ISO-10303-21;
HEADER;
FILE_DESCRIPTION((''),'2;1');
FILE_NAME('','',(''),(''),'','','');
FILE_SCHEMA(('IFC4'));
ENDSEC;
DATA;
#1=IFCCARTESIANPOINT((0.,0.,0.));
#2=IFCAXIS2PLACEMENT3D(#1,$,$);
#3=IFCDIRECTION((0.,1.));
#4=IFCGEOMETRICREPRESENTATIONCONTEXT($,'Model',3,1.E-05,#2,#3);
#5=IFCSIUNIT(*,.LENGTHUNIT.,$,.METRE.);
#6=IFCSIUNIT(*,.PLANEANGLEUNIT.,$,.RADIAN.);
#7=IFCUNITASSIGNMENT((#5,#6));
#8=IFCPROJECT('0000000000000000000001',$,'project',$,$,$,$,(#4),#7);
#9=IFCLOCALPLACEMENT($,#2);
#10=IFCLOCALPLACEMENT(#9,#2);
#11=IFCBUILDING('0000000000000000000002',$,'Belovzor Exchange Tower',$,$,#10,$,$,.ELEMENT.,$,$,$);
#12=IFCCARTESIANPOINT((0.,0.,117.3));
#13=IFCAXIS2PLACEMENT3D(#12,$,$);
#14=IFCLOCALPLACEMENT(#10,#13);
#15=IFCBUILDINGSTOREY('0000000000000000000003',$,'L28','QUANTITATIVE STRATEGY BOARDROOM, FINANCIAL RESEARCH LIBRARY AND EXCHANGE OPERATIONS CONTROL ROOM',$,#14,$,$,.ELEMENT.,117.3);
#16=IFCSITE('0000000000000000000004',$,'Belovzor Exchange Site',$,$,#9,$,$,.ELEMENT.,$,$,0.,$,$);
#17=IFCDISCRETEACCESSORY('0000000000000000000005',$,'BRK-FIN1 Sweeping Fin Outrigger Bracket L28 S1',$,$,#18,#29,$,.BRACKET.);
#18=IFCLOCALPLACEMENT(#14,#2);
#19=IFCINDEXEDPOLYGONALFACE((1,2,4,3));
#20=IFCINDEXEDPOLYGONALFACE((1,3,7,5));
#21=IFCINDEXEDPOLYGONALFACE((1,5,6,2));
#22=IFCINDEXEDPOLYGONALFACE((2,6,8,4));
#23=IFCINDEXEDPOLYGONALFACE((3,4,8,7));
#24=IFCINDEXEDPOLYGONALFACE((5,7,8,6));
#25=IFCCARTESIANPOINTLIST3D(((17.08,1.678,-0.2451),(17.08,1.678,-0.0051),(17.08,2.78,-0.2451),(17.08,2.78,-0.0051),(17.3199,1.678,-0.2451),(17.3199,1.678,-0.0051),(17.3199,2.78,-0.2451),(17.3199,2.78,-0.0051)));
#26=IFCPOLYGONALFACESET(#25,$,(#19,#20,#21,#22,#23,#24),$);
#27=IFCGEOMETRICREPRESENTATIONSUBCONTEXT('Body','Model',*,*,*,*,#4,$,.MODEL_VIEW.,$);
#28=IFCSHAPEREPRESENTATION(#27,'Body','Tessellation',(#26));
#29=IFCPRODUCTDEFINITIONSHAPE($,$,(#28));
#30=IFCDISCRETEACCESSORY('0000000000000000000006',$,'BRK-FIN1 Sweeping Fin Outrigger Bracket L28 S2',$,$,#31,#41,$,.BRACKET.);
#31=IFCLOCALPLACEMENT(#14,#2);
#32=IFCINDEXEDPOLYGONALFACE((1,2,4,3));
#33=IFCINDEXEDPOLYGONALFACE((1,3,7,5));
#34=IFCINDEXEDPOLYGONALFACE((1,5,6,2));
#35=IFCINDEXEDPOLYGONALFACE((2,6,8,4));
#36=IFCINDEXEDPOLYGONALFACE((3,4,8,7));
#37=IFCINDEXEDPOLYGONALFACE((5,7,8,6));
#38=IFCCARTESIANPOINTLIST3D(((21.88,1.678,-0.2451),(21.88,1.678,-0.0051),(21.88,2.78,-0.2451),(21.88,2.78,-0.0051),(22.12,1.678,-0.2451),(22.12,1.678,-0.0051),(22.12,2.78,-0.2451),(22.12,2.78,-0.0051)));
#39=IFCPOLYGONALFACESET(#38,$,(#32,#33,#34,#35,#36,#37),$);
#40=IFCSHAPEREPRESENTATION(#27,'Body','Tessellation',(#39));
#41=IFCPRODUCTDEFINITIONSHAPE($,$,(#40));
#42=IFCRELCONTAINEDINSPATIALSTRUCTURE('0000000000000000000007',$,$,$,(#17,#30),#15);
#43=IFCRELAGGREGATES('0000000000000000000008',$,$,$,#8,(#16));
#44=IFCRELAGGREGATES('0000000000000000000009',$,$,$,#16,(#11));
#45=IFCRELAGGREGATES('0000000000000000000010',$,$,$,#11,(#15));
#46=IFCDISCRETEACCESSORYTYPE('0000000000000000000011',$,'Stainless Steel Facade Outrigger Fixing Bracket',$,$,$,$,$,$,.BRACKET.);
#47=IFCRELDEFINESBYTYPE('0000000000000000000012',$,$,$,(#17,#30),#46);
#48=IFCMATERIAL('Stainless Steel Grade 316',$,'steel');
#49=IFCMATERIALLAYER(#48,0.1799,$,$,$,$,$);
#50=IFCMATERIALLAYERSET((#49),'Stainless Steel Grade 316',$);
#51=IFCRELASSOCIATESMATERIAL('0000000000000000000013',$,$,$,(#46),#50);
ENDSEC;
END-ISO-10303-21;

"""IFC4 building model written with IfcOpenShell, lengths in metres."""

from ifc_helpers import new_model, si_unit, direction, frame, origin, origin_2d, place, context, subcontext, project, spatial, rectangle, extrude, material, layer, layer_set, type_object, element, save


model = new_model("IFC4")

# Units and contexts
model_context = context("Model", 3, precision=1e-05, world=origin(), true_north=direction((0.0, 1.0)))
body_context = subcontext(model_context, "Body", "Model", "MODEL_VIEW")
ifc_project = project(units=[si_unit("LENGTHUNIT", "METRE"), si_unit("PLANEANGLEUNIT", "RADIAN")], contexts=[model_context])

# Site, building, storey
site_placement = place(None, origin())
site = spatial("IfcSite", under=ifc_project, at=site_placement, Name="Belovzor Exchange Site", CompositionType="ELEMENT", RefElevation=0.0)
building_placement = place(site_placement, origin())
building = spatial("IfcBuilding", under=site, at=building_placement, Name="Belovzor Exchange Tower", CompositionType="ELEMENT")
storey_placement = place(building_placement, frame((0.0, 0.0, 117.3)))
storey = spatial("IfcBuildingStorey", under=building, at=storey_placement, Name="L28", Description="QUANTITATIVE STRATEGY BOARDROOM, FINANCIAL RESEARCH LIBRARY AND EXCHANGE OPERATIONS CONTROL ROOM", CompositionType="ELEMENT", Elevation=117.3)

# Discrete accessories
ifc_material_1 = material(Name="Stainless Steel Grade 316", Category="steel")
ifc_layer_1 = layer(ifc_material_1, 0.1799)
ifc_layer_set_1 = layer_set([ifc_layer_1], Name="Stainless Steel Grade 316")
discrete_accessory_type = type_object("IfcDiscreteAccessoryType", Name="Stainless Steel Facade Outrigger Fixing Bracket", PredefinedType="BRACKET", material=ifc_layer_set_1)
for number, where, z_axis, x_axis, name in (
    (1, (17.2, 2.229, -0.2451), (0.0, 0.0, 1.0), (0.0, 1.0, 0.0), "BRK-FIN1 Sweeping Fin Outrigger Bracket L28 S1"),
    (2, (22.0, 2.229, -0.2451), (0.0, 0.0, 1.0), (0.0, 1.0, 0.0), "BRK-FIN1 Sweeping Fin Outrigger Bracket L28 S2"),
):
    element("IfcDiscreteAccessory", number, at=place(storey_placement, frame(where, z_axis=z_axis, x_axis=x_axis)), inside=storey, type_object=discrete_accessory_type, Name=name, PredefinedType="BRACKET", context=body_context, shape_type="SweptSolid", body=[
        extrude(rectangle(XDim=1.1021, YDim=0.24, at=origin_2d()), origin(), (0.0, 0.0, 1.0), 0.24),
    ])

save(model, "model.ifc")
